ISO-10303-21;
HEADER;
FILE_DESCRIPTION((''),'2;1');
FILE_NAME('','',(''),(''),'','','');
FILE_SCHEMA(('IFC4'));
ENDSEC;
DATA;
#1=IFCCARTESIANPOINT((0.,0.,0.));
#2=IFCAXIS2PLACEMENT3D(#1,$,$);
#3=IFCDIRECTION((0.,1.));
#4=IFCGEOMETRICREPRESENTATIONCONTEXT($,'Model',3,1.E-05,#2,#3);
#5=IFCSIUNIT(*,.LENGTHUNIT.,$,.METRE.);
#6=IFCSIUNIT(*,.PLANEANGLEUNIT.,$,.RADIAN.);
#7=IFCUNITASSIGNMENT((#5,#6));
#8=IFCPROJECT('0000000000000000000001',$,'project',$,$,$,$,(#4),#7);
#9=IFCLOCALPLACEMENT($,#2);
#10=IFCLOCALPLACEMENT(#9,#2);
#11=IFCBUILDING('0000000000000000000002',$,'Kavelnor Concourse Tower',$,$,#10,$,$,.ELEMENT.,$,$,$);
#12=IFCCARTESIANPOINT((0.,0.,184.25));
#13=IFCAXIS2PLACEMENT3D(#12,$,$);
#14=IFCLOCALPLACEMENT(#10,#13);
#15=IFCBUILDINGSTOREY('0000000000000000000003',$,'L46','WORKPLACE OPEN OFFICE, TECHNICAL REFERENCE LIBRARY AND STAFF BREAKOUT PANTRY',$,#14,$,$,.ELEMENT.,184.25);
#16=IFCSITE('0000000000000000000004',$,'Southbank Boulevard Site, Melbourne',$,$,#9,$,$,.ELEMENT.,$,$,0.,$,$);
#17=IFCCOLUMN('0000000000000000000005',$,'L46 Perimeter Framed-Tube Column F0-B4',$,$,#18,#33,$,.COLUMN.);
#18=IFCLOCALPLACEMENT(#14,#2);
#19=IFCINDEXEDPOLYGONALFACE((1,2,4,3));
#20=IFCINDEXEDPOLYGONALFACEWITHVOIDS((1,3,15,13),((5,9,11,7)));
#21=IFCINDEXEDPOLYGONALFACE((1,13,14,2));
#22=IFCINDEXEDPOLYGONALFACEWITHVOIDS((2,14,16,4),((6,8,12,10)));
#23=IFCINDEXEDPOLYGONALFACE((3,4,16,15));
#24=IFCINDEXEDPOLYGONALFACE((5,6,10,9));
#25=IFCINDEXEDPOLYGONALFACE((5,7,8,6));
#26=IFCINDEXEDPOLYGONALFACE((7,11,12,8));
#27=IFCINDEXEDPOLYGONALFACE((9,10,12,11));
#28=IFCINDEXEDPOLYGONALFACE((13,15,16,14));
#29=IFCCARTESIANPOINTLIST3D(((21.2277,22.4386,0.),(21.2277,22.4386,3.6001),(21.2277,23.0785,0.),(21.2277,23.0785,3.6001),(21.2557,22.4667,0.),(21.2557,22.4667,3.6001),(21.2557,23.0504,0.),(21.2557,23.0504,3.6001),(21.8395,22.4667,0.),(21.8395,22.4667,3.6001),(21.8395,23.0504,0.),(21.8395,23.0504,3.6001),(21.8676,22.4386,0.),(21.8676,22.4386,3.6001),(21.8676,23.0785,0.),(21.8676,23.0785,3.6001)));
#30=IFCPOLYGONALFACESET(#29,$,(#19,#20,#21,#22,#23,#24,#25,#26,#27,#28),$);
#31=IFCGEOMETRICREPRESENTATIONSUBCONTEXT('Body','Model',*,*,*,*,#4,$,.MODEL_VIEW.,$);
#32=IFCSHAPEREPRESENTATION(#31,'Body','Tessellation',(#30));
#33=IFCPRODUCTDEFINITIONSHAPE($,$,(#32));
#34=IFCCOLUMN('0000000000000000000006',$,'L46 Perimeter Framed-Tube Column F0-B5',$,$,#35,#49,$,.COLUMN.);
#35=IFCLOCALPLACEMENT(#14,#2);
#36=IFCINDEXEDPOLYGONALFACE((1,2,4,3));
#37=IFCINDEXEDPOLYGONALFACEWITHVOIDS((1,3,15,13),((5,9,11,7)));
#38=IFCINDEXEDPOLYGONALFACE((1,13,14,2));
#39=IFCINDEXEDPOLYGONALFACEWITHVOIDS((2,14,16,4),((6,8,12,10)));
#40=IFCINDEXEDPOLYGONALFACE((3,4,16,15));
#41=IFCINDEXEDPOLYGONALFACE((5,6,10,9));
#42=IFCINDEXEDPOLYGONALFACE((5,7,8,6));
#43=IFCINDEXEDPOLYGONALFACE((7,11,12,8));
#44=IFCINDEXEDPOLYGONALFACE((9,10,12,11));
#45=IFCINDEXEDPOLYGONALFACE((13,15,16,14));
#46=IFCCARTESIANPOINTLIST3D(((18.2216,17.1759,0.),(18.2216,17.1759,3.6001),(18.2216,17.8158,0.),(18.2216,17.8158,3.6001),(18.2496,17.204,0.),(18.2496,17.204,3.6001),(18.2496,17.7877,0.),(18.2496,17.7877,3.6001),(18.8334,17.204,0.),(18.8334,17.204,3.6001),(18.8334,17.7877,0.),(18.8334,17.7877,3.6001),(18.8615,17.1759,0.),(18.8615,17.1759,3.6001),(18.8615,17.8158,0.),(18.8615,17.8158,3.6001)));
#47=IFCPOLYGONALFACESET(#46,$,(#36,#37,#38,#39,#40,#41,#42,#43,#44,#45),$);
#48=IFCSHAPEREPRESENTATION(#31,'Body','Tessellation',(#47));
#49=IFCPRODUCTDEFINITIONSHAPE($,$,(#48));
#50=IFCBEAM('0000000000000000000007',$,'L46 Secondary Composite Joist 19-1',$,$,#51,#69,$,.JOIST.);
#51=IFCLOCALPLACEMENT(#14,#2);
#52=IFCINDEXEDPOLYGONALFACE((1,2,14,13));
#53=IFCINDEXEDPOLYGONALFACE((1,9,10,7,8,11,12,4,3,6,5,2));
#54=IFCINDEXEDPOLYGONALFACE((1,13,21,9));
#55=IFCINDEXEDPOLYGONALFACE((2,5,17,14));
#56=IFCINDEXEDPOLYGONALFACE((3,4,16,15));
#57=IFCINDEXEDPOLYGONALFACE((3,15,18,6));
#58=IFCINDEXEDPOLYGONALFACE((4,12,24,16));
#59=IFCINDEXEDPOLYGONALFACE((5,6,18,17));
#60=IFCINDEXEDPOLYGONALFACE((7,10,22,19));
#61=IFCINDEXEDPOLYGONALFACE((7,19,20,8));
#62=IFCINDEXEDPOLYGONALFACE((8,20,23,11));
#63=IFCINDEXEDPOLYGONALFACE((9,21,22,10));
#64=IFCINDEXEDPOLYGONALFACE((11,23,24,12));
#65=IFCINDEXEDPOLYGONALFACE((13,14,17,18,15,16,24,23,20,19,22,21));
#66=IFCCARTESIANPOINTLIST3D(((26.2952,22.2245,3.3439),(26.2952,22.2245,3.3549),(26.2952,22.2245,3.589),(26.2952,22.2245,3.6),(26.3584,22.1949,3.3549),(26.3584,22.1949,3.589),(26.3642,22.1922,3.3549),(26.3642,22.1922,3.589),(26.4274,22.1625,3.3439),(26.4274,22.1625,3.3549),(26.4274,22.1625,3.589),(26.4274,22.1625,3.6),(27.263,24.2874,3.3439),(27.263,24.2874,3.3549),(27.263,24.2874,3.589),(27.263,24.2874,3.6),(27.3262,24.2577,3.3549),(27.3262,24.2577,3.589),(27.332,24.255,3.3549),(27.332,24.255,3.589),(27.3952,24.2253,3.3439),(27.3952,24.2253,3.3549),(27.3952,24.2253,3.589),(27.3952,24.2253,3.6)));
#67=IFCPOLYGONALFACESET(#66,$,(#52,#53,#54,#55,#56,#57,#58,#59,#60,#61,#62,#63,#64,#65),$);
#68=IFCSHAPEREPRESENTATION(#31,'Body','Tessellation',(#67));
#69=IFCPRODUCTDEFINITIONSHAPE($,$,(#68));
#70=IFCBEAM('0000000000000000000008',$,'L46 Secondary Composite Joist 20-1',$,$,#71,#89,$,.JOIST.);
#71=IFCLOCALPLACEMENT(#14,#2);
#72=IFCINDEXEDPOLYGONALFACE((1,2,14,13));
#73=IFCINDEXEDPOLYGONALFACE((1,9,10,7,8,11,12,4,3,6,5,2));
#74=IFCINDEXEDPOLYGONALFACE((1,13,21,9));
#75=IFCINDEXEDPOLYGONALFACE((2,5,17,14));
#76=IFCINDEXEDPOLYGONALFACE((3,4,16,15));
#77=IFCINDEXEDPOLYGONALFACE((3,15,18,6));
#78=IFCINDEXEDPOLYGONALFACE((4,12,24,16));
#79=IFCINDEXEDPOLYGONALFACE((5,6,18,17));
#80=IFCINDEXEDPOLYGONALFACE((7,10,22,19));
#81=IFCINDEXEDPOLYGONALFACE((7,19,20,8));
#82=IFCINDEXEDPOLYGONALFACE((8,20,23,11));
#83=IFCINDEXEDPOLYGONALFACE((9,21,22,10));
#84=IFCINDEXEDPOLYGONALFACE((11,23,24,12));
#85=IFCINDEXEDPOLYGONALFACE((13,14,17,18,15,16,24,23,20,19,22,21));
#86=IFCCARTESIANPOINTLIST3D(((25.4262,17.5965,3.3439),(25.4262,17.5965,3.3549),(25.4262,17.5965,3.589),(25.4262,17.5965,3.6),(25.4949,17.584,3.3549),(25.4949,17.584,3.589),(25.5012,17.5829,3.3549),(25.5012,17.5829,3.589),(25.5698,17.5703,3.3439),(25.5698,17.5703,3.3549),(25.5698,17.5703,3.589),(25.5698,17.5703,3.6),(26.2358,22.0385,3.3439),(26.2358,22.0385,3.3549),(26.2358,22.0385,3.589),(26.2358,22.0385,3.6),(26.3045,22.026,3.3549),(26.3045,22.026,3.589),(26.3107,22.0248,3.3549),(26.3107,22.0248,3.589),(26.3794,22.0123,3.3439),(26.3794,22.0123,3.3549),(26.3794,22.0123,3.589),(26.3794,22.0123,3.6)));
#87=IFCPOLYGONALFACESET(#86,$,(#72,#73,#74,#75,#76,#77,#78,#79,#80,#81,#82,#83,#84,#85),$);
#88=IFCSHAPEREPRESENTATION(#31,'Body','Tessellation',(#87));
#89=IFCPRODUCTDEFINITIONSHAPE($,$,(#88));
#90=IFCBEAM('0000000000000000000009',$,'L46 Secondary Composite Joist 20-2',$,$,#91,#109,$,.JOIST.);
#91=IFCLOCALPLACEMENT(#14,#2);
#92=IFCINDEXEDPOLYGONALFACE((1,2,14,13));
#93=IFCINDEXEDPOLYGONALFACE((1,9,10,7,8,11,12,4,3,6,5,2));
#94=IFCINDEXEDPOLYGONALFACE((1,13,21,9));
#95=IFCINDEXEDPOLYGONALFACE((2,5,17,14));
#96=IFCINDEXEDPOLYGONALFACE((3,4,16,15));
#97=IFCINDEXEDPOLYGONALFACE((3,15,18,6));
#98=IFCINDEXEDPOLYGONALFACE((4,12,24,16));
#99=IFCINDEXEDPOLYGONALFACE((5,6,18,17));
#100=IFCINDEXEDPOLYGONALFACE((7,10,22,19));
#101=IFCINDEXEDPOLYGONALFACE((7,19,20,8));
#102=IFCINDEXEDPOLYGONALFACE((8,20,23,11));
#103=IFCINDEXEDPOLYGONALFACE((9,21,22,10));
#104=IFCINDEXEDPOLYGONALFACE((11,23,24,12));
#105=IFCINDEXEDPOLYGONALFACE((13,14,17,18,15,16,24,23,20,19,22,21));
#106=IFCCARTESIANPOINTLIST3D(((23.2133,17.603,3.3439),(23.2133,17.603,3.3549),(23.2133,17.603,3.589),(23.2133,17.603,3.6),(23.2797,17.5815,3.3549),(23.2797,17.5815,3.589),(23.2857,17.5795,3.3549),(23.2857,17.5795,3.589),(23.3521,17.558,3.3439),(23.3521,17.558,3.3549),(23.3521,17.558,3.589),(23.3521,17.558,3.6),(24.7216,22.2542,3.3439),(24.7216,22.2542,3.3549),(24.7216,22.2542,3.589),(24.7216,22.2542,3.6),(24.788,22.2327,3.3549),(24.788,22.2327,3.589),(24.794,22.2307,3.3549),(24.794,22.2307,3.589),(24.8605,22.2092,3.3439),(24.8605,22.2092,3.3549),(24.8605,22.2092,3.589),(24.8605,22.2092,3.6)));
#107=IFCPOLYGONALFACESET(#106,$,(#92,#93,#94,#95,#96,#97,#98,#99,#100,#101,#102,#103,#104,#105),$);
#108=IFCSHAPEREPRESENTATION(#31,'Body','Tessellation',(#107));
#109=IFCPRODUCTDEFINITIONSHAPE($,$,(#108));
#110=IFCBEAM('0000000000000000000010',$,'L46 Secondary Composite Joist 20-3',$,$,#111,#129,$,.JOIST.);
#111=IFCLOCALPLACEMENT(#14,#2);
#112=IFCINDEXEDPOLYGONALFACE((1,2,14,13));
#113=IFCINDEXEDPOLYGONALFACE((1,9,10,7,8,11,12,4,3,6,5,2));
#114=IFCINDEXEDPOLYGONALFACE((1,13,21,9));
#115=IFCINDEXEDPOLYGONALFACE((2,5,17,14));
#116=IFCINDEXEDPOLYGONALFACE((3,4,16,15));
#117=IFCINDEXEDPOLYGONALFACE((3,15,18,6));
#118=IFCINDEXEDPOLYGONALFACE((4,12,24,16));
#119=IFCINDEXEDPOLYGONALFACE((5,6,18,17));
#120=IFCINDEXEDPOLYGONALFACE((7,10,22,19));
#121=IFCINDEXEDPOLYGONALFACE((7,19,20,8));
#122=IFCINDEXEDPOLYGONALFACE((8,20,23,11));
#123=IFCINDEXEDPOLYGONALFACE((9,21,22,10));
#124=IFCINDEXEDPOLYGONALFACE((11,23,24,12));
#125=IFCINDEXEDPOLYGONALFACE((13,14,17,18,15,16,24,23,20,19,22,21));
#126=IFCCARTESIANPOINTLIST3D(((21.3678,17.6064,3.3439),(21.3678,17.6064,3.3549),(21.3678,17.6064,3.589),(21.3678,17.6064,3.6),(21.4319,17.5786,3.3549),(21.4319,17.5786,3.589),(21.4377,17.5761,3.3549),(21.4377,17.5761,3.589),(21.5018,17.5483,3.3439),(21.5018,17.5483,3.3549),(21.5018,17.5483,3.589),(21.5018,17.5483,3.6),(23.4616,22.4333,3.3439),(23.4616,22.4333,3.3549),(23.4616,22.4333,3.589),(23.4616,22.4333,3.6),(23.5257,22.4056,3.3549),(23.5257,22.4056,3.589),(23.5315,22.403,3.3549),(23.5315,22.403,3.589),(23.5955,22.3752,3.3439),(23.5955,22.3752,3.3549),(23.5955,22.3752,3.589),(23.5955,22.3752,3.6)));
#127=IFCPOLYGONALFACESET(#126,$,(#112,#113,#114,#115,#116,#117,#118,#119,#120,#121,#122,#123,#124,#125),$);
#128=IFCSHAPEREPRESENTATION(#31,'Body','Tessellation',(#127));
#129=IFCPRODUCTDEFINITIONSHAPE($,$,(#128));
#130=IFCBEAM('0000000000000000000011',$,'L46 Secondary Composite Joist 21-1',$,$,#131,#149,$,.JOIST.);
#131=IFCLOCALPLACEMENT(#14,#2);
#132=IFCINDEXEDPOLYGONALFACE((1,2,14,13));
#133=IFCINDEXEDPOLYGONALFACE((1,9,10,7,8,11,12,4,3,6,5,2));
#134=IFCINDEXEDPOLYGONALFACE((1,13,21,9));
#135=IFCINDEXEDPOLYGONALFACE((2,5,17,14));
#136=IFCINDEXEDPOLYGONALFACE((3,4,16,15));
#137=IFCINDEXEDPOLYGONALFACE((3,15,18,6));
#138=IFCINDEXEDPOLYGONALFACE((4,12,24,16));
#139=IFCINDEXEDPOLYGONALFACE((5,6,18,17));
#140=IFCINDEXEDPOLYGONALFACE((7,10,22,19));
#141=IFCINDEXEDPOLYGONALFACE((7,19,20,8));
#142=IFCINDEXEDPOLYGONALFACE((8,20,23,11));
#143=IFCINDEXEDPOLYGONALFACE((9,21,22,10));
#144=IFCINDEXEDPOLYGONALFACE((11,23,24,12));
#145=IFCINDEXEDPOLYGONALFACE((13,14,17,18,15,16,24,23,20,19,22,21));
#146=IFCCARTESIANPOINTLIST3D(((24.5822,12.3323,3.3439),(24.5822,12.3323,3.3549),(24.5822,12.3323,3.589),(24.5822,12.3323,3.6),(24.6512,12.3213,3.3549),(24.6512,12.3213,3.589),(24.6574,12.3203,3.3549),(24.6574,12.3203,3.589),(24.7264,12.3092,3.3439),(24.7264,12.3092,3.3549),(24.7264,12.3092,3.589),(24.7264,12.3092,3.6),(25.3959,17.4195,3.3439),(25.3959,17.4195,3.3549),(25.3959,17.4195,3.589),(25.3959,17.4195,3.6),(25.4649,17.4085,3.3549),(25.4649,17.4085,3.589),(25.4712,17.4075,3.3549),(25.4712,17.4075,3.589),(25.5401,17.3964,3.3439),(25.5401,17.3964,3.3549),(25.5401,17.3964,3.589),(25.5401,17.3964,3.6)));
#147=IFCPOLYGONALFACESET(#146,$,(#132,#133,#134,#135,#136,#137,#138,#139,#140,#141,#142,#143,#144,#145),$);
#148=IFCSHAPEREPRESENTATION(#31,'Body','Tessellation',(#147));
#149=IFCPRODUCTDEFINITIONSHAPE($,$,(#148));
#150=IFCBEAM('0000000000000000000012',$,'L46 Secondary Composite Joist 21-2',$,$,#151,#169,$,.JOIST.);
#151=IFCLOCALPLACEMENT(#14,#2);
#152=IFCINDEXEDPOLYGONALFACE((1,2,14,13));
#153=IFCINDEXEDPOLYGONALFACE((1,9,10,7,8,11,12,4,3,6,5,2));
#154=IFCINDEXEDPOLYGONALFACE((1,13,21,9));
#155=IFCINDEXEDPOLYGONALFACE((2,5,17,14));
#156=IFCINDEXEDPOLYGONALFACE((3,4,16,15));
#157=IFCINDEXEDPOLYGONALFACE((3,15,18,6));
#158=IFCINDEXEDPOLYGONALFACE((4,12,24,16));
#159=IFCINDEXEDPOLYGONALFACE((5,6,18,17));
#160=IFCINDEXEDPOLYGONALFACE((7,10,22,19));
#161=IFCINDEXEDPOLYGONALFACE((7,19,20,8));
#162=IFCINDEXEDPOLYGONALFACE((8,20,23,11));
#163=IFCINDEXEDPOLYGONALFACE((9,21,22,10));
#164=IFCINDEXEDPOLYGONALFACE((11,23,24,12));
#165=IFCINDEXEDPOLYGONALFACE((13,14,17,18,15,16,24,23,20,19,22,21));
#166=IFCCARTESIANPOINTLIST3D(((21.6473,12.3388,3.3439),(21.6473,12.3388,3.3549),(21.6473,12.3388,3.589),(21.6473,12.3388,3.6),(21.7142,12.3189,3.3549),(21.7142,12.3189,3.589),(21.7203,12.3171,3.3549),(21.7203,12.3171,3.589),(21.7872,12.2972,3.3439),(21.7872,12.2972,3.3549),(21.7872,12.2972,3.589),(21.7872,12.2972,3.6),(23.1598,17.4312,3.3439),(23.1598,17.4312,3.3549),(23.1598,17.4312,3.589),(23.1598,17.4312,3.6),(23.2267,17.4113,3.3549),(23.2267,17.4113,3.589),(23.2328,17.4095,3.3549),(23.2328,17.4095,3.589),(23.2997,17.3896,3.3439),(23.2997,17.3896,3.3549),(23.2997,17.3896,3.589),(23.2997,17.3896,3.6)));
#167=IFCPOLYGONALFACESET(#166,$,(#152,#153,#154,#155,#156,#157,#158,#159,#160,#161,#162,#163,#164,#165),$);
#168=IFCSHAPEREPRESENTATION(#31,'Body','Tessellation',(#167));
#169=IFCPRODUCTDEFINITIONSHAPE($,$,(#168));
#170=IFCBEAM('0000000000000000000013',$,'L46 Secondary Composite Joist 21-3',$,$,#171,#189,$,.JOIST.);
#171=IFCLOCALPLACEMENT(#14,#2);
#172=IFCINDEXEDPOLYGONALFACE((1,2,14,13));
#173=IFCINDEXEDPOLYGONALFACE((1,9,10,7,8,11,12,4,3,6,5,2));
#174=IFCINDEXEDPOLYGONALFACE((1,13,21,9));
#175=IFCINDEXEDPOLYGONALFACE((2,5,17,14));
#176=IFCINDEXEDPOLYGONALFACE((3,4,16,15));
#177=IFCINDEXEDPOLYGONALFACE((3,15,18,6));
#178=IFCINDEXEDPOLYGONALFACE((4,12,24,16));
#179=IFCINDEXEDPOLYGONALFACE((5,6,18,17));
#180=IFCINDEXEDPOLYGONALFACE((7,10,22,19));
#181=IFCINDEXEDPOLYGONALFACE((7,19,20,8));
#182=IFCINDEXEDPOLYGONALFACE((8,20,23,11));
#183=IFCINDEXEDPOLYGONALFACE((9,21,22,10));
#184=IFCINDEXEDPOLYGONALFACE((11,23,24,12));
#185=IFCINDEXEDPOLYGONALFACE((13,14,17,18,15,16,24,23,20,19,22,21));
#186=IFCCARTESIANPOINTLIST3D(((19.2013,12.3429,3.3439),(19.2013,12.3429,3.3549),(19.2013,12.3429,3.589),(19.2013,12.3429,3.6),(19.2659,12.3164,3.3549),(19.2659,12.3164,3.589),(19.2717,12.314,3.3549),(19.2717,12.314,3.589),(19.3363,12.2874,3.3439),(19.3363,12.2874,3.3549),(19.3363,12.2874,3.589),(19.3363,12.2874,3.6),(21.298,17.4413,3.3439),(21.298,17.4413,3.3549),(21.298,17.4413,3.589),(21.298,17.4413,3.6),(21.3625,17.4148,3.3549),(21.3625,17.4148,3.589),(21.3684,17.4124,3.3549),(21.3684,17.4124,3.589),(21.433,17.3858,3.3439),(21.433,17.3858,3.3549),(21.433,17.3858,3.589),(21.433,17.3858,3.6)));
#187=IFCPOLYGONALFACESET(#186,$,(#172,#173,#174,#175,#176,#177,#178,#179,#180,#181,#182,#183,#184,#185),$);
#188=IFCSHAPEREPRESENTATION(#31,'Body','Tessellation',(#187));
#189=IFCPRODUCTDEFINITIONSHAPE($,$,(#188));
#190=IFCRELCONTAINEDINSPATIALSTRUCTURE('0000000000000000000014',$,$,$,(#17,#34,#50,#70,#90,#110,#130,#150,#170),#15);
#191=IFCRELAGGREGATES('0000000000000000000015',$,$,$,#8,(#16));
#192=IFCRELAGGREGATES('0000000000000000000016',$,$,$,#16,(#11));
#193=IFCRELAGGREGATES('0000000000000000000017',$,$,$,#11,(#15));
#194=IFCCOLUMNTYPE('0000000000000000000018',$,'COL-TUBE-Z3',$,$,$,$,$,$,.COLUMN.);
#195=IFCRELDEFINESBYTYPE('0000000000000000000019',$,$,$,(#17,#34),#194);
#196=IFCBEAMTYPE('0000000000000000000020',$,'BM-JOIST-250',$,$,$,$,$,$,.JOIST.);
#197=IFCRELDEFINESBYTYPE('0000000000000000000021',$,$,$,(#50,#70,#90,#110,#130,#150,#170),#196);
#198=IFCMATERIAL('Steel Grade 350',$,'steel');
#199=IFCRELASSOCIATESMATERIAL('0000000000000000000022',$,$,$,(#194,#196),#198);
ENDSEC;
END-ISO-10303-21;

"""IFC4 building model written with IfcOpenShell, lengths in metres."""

from ifc_helpers import new_model, si_unit, direction, frame, origin, origin_2d, place, context, subcontext, project, spatial, hollow_rectangle, i_section, extrude, material, material_profile, profile_set, type_object, element, save


model = new_model("IFC4")

# Units and contexts
model_context = context("Model", 3, precision=1e-05, world=origin(), true_north=direction((0.0, 1.0)))
body_context = subcontext(model_context, "Body", "Model", "MODEL_VIEW")
ifc_project = project(units=[si_unit("LENGTHUNIT", "METRE"), si_unit("PLANEANGLEUNIT", "RADIAN")], contexts=[model_context])

# Site, building, storey
site_placement = place(None, origin())
site = spatial("IfcSite", under=ifc_project, at=site_placement, Name="Southbank Boulevard Site, Melbourne", CompositionType="ELEMENT", RefElevation=0.0)
building_placement = place(site_placement, origin())
building = spatial("IfcBuilding", under=site, at=building_placement, Name="Kavelnor Concourse Tower", CompositionType="ELEMENT")
storey_placement = place(building_placement, frame((0.0, 0.0, 184.25)))
storey = spatial("IfcBuildingStorey", under=building, at=storey_placement, Name="L46", Description="WORKPLACE OPEN OFFICE, TECHNICAL REFERENCE LIBRARY AND STAFF BREAKOUT PANTRY", CompositionType="ELEMENT", Elevation=184.25)

# Columns
ifc_material_1 = material(Name="Steel Grade 350", Category="steel")
ifc_material_profile_1 = material_profile(ifc_material_1, hollow_rectangle(XDim=0.6399, YDim=0.6399, WallThickness=0.0281, at=origin_2d()), Name="SHS 640x640x28")
ifc_profile_set_1 = profile_set([ifc_material_profile_1], Name="Steel Grade 350")
column_type = type_object("IfcColumnType", Name="COL-TUBE-Z3", PredefinedType="COLUMN", material=ifc_profile_set_1)
for number, where, z_axis, x_axis, name in (
    (1, (21.5476, 22.7585, 0.0), (0.0, 0.0, 1.0), (1.0, 0.0, 0.0), "L46 Perimeter Framed-Tube Column F0-B4"),
    (2, (18.5415, 17.4958, 0.0), (0.0, 0.0, 1.0), (1.0, 0.0, 0.0), "L46 Perimeter Framed-Tube Column F0-B5"),
):
    element("IfcColumn", number, at=place(storey_placement, frame(where, z_axis=z_axis, x_axis=x_axis)), inside=storey, type_object=column_type, Name=name, PredefinedType="COLUMN", context=body_context, shape_type="SweptSolid", body=[
        extrude(hollow_rectangle(XDim=0.6399, YDim=0.6399, WallThickness=0.0281, at=origin_2d()), origin(), (0.0, 0.0, 1.0), 3.6001),
    ])

# Beams
ifc_material_profile_2 = material_profile(ifc_material_1, i_section(OverallWidth=0.146, OverallDepth=0.2561, WebThickness=0.0063, FlangeThickness=0.011, at=origin_2d()), Name="250UB37")
ifc_profile_set_2 = profile_set([ifc_material_profile_2], Name="Steel Grade 350")
beam_type_1 = type_object("IfcBeamType", Name="BM-JOIST-250", PredefinedType="JOIST", material=ifc_profile_set_2)
beam_1_placement = place(storey_placement, frame((27.3291, 24.2563, 3.4719), z_axis=(-0.424744, -0.905313, 0.0), x_axis=(0.905313, -0.424744, 0.0)))
element("IfcBeam", 3, at=beam_1_placement, inside=storey, type_object=beam_type_1, Name="L46 Secondary Composite Joist 19-1", PredefinedType="JOIST", context=body_context, shape_type="SweptSolid", body=[
    extrude(i_section(OverallWidth=0.146, OverallDepth=0.2561, WebThickness=0.0063, FlangeThickness=0.011, at=origin_2d()), origin(), (0.0, 0.0, 1.0), 2.2786),
])
beam_2_placement = place(storey_placement, frame((26.3076, 22.0254, 3.4719), z_axis=(-0.179304, -0.983794, 0.0), x_axis=(0.983794, -0.179304, 0.0)))
element("IfcBeam", 4, at=beam_2_placement, inside=storey, type_object=beam_type_1, Name="L46 Secondary Composite Joist 20-1", PredefinedType="JOIST", context=body_context, shape_type="SweptSolid", body=[
    extrude(i_section(OverallWidth=0.146, OverallDepth=0.2561, WebThickness=0.0063, FlangeThickness=0.011, at=origin_2d()), origin(), (0.0, 0.0, 1.0), 4.5151),
])
beam_3_placement = place(storey_placement, frame((24.791, 22.2317, 3.4719), z_axis=(-0.308473, -0.951233, 0.0), x_axis=(0.951233, -0.308473, 0.0)))
element("IfcBeam", 5, at=beam_3_placement, inside=storey, type_object=beam_type_1, Name="L46 Secondary Composite Joist 20-2", PredefinedType="JOIST", context=body_context, shape_type="SweptSolid", body=[
    extrude(i_section(OverallWidth=0.146, OverallDepth=0.2561, WebThickness=0.0063, FlangeThickness=0.011, at=origin_2d()), origin(), (0.0, 0.0, 1.0), 4.8896),
])
beam_4_placement = place(storey_placement, frame((23.5286, 22.4043, 3.4719), z_axis=(-0.397942, -0.917411, 0.0), x_axis=(0.917411, -0.397942, 0.0)))
element("IfcBeam", 6, at=beam_4_placement, inside=storey, type_object=beam_type_1, Name="L46 Secondary Composite Joist 20-3", PredefinedType="JOIST", context=body_context, shape_type="SweptSolid", body=[
    extrude(i_section(OverallWidth=0.146, OverallDepth=0.2561, WebThickness=0.0063, FlangeThickness=0.011, at=origin_2d()), origin(), (0.0, 0.0, 1.0), 5.2615),
])
beam_5_placement = place(storey_placement, frame((25.468, 17.408, 3.4719), z_axis=(-0.157948, -0.987447, 0.0), x_axis=(0.987447, -0.157948, 0.0)))
element("IfcBeam", 7, at=beam_5_placement, inside=storey, type_object=beam_type_1, Name="L46 Secondary Composite Joist 21-1", PredefinedType="JOIST", context=body_context, shape_type="SweptSolid", body=[
    extrude(i_section(OverallWidth=0.146, OverallDepth=0.2561, WebThickness=0.0063, FlangeThickness=0.011, at=origin_2d()), origin(), (0.0, 0.0, 1.0), 5.1519),
])
beam_6_placement = place(storey_placement, frame((23.2297, 17.4104, 3.4719), z_axis=(-0.284716, -0.958612, 0.0), x_axis=(0.958612, -0.284716, 0.0)))
element("IfcBeam", 8, at=beam_6_placement, inside=storey, type_object=beam_type_1, Name="L46 Secondary Composite Joist 21-2", PredefinedType="JOIST", context=body_context, shape_type="SweptSolid", body=[
    extrude(i_section(OverallWidth=0.146, OverallDepth=0.2561, WebThickness=0.0063, FlangeThickness=0.011, at=origin_2d()), origin(), (0.0, 0.0, 1.0), 5.3123),
])
beam_7_placement = place(storey_placement, frame((21.3655, 17.4136, 3.4719), z_axis=(-0.380338, -0.924848, 0.0), x_axis=(0.924848, -0.380338, 0.0)))
element("IfcBeam", 9, at=beam_7_placement, inside=storey, type_object=beam_type_1, Name="L46 Secondary Composite Joist 21-3", PredefinedType="JOIST", context=body_context, shape_type="SweptSolid", body=[
    extrude(i_section(OverallWidth=0.146, OverallDepth=0.2561, WebThickness=0.0063, FlangeThickness=0.011, at=origin_2d()), origin(), (0.0, 0.0, 1.0), 5.5127),
])

save(model, "model.ifc")
